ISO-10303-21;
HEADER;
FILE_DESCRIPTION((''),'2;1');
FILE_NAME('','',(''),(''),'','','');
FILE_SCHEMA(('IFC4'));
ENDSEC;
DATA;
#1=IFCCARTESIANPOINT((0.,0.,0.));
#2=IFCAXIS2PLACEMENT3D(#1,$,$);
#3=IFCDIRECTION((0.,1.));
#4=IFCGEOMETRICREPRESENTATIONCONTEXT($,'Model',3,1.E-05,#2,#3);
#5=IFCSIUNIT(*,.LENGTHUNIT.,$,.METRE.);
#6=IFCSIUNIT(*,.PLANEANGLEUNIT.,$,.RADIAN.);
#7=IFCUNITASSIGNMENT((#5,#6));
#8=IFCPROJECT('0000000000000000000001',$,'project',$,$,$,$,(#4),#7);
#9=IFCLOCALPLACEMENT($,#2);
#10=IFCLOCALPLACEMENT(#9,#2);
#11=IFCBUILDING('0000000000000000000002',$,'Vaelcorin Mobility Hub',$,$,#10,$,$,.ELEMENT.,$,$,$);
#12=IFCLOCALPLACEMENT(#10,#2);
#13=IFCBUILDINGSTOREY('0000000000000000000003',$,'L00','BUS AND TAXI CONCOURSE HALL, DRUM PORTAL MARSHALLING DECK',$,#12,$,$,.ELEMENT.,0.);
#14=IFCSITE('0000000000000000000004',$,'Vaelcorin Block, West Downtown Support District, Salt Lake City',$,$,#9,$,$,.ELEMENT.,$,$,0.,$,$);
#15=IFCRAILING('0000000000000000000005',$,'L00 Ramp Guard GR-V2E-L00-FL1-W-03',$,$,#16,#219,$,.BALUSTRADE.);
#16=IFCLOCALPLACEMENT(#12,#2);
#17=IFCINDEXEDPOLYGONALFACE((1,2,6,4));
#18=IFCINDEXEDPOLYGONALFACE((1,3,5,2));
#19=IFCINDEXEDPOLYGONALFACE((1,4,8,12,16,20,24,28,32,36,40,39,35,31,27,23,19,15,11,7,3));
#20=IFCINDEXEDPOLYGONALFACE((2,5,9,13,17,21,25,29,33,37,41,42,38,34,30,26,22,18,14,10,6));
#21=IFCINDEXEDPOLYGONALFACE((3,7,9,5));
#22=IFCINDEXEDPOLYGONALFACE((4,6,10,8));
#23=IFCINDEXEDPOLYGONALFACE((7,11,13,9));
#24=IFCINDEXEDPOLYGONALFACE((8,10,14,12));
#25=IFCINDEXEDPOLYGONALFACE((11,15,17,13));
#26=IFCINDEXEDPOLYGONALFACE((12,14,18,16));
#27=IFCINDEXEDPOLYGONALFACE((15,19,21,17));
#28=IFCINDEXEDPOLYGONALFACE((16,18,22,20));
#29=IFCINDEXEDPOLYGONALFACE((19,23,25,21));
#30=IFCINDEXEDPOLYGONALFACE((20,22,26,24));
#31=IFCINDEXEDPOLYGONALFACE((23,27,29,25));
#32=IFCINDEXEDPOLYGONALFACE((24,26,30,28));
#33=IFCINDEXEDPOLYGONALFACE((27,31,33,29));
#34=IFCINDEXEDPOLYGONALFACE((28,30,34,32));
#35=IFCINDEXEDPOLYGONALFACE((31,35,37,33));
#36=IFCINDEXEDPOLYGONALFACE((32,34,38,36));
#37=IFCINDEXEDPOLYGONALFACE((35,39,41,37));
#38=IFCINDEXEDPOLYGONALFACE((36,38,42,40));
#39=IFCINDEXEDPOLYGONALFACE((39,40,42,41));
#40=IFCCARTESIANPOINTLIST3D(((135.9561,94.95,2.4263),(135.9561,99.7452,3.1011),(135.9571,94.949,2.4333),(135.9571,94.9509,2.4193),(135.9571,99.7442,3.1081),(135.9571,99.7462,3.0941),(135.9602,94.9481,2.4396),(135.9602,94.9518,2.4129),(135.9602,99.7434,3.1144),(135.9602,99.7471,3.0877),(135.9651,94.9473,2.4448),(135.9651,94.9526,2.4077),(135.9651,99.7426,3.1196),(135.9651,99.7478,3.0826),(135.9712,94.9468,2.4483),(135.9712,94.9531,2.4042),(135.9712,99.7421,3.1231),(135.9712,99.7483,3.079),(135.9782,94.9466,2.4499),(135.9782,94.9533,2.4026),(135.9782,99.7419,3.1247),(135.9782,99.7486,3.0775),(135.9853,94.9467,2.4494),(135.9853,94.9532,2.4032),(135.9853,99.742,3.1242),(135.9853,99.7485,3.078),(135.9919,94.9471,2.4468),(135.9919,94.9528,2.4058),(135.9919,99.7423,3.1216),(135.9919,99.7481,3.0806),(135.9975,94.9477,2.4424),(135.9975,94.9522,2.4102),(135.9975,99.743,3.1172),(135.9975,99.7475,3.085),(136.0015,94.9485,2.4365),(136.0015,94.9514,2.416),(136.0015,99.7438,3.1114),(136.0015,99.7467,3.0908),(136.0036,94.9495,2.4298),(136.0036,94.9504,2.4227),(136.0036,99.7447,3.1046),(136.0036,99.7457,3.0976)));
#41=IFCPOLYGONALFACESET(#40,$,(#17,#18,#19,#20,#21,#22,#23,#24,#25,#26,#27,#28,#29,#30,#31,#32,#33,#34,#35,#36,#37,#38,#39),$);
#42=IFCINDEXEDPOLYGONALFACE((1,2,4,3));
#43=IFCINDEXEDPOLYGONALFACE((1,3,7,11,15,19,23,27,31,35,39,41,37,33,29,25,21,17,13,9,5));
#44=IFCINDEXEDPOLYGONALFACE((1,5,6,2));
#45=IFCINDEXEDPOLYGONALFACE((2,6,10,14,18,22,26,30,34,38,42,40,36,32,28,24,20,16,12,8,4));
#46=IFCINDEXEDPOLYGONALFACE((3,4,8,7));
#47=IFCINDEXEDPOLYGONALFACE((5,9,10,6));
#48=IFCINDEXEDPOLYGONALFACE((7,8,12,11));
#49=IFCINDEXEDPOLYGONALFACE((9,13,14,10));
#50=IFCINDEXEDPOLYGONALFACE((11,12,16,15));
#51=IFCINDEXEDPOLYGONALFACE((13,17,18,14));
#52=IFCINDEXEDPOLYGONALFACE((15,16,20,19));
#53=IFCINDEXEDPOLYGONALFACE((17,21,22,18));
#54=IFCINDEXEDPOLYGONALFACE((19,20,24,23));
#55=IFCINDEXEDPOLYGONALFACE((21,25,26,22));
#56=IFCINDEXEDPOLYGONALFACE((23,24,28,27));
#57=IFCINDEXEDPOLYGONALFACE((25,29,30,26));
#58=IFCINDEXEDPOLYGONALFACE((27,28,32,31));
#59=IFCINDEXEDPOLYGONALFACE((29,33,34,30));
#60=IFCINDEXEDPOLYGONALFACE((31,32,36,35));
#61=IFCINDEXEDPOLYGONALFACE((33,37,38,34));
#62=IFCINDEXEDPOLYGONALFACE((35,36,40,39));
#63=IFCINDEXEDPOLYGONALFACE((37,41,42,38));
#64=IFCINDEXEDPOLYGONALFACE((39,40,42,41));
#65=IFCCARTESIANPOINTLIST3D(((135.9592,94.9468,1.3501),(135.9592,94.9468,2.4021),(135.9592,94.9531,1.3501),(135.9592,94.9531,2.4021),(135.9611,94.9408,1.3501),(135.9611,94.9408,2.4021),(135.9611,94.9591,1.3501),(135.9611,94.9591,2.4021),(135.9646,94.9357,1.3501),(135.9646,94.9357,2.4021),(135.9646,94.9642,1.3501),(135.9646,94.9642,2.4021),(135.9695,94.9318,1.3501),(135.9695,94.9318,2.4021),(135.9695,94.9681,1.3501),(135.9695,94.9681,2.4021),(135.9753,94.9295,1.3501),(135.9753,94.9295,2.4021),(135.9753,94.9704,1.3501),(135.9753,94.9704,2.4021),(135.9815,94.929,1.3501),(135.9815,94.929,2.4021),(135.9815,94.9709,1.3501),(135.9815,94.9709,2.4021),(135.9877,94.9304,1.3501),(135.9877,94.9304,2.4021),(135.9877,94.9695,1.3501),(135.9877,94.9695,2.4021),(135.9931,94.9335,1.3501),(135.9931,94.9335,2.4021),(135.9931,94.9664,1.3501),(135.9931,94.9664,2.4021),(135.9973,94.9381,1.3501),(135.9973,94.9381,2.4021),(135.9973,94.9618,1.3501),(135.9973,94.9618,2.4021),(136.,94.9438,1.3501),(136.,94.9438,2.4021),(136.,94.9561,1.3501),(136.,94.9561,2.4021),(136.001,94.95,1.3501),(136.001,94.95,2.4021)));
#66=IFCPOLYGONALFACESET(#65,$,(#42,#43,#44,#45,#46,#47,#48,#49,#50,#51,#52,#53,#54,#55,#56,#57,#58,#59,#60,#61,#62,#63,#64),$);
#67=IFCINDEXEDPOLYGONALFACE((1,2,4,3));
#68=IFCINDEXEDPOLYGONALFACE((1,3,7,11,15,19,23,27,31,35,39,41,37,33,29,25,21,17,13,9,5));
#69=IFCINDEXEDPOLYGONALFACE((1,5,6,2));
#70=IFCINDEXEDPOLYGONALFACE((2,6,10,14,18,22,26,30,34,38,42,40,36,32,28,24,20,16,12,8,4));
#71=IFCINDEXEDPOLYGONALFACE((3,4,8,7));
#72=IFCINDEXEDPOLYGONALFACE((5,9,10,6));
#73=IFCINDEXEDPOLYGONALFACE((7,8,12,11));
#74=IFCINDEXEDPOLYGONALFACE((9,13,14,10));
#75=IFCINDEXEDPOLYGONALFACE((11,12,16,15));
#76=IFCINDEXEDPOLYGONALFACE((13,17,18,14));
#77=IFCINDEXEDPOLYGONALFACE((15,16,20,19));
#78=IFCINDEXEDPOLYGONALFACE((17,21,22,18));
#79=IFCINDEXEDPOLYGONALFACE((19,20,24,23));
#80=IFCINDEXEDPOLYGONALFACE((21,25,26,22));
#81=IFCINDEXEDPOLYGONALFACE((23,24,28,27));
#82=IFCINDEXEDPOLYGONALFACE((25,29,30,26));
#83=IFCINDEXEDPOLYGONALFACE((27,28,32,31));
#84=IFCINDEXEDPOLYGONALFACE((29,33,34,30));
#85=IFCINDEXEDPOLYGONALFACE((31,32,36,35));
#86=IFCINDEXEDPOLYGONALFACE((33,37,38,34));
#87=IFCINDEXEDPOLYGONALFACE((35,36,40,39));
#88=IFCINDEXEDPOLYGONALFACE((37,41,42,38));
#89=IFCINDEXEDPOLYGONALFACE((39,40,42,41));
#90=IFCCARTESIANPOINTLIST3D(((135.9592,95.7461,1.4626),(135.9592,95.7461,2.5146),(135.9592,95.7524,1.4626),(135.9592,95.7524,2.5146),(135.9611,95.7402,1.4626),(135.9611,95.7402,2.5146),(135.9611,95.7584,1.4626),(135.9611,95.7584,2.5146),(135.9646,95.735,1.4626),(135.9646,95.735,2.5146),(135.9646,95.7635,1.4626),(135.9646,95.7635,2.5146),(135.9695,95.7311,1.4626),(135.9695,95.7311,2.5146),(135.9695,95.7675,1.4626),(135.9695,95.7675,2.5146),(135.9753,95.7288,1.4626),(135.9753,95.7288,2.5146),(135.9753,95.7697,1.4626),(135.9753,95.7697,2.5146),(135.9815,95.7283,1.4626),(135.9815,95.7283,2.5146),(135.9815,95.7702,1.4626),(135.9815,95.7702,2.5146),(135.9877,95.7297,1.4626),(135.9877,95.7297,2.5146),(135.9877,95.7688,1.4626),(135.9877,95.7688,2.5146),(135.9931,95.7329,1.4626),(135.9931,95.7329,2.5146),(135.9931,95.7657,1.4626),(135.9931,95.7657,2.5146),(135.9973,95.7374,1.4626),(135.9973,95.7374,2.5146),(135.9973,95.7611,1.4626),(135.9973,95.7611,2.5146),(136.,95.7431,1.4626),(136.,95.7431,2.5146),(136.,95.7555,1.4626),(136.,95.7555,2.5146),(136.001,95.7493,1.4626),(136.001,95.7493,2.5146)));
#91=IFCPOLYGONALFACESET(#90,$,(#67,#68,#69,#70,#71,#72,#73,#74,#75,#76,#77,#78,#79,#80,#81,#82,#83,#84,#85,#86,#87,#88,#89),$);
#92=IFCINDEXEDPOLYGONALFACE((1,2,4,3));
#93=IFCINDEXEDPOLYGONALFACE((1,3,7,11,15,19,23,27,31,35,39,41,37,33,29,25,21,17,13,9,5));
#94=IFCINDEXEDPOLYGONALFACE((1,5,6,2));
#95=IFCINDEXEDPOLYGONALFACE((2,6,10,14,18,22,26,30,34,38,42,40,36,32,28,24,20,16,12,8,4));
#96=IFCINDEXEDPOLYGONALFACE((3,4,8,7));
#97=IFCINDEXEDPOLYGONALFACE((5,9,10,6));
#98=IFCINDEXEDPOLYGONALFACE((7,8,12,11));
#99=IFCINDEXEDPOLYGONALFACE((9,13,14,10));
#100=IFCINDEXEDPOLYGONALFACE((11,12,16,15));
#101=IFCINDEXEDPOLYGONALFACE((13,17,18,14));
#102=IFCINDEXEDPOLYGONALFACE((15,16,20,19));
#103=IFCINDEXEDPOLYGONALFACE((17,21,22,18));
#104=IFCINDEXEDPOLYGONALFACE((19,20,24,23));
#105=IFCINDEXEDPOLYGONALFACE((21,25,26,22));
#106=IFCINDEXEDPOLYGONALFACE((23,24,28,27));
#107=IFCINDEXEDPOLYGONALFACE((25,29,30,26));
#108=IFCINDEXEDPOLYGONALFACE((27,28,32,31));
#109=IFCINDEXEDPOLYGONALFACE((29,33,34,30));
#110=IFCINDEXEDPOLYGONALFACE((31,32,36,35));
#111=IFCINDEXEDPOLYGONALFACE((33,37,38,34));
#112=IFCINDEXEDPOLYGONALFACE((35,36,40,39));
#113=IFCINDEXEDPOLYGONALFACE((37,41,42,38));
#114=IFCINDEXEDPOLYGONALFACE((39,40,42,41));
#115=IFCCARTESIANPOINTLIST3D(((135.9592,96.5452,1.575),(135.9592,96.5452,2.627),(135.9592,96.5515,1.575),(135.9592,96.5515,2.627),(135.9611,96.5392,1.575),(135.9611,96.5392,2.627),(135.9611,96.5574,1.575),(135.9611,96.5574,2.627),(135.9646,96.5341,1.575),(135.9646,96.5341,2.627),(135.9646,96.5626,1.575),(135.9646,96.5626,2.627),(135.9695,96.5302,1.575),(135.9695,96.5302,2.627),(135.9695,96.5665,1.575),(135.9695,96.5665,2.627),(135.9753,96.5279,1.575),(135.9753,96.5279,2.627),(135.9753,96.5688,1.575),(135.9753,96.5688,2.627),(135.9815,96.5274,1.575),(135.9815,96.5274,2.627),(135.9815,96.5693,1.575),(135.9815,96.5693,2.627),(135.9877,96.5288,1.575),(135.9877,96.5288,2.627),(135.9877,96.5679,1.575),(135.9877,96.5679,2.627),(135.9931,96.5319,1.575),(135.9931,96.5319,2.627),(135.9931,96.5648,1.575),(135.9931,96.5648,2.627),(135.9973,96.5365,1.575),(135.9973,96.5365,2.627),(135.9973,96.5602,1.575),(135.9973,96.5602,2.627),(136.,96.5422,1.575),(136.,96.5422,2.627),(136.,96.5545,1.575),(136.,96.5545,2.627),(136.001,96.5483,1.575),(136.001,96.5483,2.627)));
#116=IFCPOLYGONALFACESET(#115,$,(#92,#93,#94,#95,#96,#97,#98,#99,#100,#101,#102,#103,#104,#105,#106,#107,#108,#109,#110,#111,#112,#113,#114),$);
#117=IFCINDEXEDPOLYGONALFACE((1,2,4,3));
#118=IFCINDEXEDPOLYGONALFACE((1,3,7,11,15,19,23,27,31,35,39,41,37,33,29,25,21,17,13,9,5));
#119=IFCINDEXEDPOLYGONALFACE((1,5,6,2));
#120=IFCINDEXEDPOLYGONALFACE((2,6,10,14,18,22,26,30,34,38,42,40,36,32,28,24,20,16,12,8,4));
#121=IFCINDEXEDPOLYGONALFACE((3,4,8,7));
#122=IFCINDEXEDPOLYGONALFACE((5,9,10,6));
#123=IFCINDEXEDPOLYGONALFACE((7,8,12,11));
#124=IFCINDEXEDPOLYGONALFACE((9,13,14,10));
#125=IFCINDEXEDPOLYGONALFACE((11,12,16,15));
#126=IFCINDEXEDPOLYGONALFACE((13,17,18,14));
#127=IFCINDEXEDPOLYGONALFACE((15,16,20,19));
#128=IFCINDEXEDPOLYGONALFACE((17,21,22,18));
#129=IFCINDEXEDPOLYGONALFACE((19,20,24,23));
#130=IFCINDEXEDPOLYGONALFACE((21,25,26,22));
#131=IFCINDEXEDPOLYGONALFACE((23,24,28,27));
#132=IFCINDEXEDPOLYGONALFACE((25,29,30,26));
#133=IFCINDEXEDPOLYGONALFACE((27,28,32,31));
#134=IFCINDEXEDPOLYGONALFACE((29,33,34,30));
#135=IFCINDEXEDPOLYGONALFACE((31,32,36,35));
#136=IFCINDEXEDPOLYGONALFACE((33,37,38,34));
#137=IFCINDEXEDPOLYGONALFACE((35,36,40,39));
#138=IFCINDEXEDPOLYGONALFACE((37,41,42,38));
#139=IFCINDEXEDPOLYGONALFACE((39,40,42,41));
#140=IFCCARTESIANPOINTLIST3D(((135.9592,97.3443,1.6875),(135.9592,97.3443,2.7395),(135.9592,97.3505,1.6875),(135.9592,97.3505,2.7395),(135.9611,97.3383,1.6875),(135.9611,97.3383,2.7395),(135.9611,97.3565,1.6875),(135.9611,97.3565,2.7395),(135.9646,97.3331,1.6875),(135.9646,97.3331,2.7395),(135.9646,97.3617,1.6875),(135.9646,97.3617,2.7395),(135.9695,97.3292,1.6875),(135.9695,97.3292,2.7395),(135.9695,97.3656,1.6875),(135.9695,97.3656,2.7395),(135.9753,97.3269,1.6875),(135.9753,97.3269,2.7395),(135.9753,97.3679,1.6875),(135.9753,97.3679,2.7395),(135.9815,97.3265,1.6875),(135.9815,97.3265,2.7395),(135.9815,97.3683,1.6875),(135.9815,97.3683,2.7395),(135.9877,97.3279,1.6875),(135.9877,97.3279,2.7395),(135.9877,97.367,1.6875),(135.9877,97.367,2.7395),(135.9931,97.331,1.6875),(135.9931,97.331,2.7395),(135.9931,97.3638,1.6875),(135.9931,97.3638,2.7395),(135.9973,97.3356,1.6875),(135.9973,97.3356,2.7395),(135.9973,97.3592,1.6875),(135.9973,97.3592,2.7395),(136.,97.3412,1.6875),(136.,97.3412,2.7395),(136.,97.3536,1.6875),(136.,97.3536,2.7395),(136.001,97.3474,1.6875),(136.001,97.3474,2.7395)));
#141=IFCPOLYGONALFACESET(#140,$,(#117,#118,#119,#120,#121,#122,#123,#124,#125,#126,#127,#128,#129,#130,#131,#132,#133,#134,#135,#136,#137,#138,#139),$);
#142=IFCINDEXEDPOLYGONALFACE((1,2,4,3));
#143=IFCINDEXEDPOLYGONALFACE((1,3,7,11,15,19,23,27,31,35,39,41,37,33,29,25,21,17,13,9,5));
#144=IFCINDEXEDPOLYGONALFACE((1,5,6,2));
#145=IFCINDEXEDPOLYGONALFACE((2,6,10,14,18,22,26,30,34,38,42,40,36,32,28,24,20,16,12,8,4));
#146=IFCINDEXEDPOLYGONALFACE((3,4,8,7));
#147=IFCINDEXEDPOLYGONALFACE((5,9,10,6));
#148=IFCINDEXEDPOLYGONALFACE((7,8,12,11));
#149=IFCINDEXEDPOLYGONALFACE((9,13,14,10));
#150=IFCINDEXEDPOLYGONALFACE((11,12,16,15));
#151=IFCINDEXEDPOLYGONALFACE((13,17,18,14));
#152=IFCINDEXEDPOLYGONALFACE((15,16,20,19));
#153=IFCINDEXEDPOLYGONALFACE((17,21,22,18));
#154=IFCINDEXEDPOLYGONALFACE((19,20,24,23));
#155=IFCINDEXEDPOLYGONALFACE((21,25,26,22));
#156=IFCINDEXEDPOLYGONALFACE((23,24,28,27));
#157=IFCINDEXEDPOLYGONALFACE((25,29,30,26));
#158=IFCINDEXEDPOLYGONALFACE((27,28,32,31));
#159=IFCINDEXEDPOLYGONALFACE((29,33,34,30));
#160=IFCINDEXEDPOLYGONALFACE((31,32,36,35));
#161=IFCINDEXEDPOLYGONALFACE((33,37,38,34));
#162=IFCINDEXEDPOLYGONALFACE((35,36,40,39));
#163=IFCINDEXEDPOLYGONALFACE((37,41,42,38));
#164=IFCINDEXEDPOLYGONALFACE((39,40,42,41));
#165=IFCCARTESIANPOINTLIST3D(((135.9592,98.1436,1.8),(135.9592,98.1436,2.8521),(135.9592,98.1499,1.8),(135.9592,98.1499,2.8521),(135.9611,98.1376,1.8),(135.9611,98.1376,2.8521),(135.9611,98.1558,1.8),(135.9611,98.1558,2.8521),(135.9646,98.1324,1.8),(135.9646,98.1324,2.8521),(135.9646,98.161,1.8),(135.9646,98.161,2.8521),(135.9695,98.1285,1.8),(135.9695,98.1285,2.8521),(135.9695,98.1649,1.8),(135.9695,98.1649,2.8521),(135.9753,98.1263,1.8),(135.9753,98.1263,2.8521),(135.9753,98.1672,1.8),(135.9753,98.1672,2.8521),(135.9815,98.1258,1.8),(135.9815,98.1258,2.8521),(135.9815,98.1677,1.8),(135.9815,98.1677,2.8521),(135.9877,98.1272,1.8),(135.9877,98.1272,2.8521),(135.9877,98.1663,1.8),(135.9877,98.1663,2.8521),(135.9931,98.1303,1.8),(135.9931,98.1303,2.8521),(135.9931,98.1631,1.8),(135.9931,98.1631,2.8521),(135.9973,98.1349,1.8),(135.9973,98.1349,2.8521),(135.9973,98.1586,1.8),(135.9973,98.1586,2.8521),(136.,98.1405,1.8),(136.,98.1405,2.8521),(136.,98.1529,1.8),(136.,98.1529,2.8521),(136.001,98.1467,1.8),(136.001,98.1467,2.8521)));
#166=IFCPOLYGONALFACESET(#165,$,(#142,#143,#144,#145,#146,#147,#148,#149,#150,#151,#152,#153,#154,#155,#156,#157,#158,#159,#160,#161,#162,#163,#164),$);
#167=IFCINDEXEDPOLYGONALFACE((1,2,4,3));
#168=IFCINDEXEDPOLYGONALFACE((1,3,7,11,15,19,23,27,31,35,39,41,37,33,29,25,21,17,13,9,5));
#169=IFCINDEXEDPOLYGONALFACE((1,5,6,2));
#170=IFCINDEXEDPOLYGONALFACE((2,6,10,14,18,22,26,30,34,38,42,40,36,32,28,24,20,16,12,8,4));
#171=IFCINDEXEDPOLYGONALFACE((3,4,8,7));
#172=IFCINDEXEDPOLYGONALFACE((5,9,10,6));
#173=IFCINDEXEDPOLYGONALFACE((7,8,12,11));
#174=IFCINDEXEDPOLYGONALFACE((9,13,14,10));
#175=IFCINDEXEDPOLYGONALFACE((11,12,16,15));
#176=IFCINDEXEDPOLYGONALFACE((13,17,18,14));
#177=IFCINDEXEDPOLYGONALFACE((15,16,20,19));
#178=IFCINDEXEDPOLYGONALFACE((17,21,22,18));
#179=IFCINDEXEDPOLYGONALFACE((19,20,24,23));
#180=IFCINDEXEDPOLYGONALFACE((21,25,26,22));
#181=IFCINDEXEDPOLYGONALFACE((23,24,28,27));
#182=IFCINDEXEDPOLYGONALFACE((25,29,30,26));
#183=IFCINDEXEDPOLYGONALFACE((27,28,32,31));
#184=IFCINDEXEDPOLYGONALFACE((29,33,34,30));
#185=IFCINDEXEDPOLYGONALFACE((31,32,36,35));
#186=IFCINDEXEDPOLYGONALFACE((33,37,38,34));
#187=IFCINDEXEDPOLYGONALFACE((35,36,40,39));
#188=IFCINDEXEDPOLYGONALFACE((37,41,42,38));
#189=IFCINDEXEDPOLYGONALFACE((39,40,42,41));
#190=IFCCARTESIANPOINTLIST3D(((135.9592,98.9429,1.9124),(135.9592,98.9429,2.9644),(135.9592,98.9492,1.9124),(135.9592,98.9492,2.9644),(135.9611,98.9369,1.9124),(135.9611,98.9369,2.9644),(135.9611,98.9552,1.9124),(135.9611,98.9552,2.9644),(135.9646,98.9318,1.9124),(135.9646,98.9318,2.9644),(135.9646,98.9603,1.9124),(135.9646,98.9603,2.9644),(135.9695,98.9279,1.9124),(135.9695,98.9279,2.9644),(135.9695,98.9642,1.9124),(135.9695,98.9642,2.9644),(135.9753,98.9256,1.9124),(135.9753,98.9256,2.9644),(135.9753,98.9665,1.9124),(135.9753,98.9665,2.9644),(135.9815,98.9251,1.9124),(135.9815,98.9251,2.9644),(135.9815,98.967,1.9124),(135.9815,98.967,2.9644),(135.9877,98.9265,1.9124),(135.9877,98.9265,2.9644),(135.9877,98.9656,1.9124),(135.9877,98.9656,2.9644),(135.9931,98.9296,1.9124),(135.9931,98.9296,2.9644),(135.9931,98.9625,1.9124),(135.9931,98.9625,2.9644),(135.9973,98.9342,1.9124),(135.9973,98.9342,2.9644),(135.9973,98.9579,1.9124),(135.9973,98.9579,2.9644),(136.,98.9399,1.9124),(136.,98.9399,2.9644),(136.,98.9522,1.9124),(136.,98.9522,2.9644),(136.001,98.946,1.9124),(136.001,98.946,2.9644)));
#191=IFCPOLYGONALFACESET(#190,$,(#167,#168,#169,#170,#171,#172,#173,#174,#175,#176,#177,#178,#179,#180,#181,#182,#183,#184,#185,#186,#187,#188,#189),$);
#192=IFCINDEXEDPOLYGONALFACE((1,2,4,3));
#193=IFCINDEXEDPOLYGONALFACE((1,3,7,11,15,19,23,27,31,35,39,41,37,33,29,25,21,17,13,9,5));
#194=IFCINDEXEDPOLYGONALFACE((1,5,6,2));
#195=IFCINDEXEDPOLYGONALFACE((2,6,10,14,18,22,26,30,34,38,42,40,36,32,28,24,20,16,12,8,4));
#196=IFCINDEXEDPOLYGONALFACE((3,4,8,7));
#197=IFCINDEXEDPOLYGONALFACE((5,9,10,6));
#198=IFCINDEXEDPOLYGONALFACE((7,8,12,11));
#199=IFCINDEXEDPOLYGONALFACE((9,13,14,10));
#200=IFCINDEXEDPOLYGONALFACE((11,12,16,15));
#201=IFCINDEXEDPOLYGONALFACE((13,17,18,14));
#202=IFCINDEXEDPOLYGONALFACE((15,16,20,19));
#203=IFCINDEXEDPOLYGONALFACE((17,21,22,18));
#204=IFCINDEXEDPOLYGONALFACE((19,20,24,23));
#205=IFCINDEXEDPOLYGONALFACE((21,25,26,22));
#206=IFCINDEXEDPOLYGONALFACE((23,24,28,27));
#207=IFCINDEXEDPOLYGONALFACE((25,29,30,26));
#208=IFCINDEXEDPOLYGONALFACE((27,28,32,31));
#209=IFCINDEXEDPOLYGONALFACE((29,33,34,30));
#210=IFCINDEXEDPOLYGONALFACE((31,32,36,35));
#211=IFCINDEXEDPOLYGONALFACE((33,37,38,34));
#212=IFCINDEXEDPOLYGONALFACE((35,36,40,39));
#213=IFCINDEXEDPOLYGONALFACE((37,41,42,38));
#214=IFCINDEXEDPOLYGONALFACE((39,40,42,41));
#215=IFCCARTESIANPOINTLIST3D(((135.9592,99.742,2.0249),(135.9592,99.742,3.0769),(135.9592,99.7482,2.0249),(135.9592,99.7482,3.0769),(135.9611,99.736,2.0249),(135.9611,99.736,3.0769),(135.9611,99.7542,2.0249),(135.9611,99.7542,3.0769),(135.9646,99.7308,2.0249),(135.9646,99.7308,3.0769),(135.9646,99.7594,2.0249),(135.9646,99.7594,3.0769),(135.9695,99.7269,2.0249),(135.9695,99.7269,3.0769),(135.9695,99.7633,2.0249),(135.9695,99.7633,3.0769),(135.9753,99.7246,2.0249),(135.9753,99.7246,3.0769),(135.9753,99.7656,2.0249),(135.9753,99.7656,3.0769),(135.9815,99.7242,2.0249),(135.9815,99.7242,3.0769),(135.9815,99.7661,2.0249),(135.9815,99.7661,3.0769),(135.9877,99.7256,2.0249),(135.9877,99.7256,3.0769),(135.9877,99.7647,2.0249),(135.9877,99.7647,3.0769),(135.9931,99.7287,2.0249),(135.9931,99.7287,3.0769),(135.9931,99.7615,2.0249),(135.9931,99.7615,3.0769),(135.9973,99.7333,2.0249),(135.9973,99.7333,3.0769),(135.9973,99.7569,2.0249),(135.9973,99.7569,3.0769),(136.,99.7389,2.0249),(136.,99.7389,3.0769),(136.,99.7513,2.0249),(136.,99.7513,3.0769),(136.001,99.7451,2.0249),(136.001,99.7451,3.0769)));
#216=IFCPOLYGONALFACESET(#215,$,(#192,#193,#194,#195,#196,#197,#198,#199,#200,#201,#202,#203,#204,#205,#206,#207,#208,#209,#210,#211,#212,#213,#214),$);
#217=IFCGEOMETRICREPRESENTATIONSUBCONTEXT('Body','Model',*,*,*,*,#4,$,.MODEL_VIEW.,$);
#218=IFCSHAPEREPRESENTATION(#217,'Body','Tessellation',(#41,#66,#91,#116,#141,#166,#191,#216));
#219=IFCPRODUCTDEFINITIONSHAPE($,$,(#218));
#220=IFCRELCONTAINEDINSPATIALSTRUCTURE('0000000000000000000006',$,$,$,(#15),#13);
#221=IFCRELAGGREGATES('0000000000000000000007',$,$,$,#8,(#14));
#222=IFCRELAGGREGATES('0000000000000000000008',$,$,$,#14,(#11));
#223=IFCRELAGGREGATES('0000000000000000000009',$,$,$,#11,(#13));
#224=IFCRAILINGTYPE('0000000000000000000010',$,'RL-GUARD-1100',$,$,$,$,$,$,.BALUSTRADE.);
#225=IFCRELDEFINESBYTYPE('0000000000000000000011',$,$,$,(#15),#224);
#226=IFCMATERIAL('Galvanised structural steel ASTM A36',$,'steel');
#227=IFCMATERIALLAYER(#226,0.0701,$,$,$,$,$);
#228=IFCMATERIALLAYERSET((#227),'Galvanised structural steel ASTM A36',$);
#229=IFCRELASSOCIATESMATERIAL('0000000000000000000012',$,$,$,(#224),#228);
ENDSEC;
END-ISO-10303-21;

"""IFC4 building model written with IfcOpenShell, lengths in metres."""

from ifc_helpers import new_model, si_unit, direction, frame, origin, origin_2d, place, context, subcontext, project, spatial, circle, extrude, material, layer, layer_set, type_object, element, save


model = new_model("IFC4")

# Units and contexts
model_context = context("Model", 3, precision=1e-05, world=origin(), true_north=direction((0.0, 1.0)))
body_context = subcontext(model_context, "Body", "Model", "MODEL_VIEW")
ifc_project = project(units=[si_unit("LENGTHUNIT", "METRE"), si_unit("PLANEANGLEUNIT", "RADIAN")], contexts=[model_context])

# Site, building, storey
site_placement = place(None, origin())
site = spatial("IfcSite", under=ifc_project, at=site_placement, Name="Vaelcorin Block, West Downtown Support District, Salt Lake City", CompositionType="ELEMENT", RefElevation=0.0)
building_placement = place(site_placement, origin())
building = spatial("IfcBuilding", under=site, at=building_placement, Name="Vaelcorin Mobility Hub", CompositionType="ELEMENT")
storey_placement = place(building_placement, origin())
storey = spatial("IfcBuildingStorey", under=building, at=storey_placement, Name="L00", Description="BUS AND TAXI CONCOURSE HALL, DRUM PORTAL MARSHALLING DECK", CompositionType="ELEMENT", Elevation=0.0)

# Railing
ifc_material_1 = material(Name="Galvanised structural steel ASTM A36", Category="steel")
ifc_layer_1 = layer(ifc_material_1, 0.0701)
ifc_layer_set_1 = layer_set([ifc_layer_1], Name="Galvanised structural steel ASTM A36")
railing_type = type_object("IfcRailingType", Name="RL-GUARD-1100", PredefinedType="BALUSTRADE", material=ifc_layer_set_1)
railing_1_placement = place(storey_placement, frame((135.98, 94.95, 1.3501)))
element("IfcRailing", 1, at=railing_1_placement, inside=storey, type_object=railing_type, Name="L00 Ramp Guard GR-V2E-L00-FL1-W-03", PredefinedType="BALUSTRADE", context=body_context, shape_type="SweptSolid", body=[
    extrude(circle(Radius=0.0239, at=origin_2d()), frame((0.0, 0.0, 1.0762), z_axis=(0.0, 0.990243, 0.139353), x_axis=(-1.0, 0.0, 0.0)), (0.0, 0.0, 1.0), 4.8425),
    extrude(circle(Radius=0.021, at=origin_2d()), origin(), (0.0, 0.0, 1.0), 1.052),
    extrude(circle(Radius=0.021, at=origin_2d()), frame((0.0, 0.7993, 0.1125)), (0.0, 0.0, 1.0), 1.052),
    extrude(circle(Radius=0.021, at=origin_2d()), frame((0.0, 1.5984, 0.2249)), (0.0, 0.0, 1.0), 1.052),
    extrude(circle(Radius=0.021, at=origin_2d()), frame((0.0, 2.3975, 0.3374)), (0.0, 0.0, 1.0), 1.052),
    extrude(circle(Radius=0.021, at=origin_2d()), frame((0.0, 3.1968, 0.45)), (0.0, 0.0, 1.0), 1.052),
    extrude(circle(Radius=0.021, at=origin_2d()), frame((0.0, 3.9961, 0.5623)), (0.0, 0.0, 1.0), 1.052),
    extrude(circle(Radius=0.021, at=origin_2d()), frame((0.0, 4.7952, 0.6748)), (0.0, 0.0, 1.0), 1.052),
])

save(model, "model.ifc")
